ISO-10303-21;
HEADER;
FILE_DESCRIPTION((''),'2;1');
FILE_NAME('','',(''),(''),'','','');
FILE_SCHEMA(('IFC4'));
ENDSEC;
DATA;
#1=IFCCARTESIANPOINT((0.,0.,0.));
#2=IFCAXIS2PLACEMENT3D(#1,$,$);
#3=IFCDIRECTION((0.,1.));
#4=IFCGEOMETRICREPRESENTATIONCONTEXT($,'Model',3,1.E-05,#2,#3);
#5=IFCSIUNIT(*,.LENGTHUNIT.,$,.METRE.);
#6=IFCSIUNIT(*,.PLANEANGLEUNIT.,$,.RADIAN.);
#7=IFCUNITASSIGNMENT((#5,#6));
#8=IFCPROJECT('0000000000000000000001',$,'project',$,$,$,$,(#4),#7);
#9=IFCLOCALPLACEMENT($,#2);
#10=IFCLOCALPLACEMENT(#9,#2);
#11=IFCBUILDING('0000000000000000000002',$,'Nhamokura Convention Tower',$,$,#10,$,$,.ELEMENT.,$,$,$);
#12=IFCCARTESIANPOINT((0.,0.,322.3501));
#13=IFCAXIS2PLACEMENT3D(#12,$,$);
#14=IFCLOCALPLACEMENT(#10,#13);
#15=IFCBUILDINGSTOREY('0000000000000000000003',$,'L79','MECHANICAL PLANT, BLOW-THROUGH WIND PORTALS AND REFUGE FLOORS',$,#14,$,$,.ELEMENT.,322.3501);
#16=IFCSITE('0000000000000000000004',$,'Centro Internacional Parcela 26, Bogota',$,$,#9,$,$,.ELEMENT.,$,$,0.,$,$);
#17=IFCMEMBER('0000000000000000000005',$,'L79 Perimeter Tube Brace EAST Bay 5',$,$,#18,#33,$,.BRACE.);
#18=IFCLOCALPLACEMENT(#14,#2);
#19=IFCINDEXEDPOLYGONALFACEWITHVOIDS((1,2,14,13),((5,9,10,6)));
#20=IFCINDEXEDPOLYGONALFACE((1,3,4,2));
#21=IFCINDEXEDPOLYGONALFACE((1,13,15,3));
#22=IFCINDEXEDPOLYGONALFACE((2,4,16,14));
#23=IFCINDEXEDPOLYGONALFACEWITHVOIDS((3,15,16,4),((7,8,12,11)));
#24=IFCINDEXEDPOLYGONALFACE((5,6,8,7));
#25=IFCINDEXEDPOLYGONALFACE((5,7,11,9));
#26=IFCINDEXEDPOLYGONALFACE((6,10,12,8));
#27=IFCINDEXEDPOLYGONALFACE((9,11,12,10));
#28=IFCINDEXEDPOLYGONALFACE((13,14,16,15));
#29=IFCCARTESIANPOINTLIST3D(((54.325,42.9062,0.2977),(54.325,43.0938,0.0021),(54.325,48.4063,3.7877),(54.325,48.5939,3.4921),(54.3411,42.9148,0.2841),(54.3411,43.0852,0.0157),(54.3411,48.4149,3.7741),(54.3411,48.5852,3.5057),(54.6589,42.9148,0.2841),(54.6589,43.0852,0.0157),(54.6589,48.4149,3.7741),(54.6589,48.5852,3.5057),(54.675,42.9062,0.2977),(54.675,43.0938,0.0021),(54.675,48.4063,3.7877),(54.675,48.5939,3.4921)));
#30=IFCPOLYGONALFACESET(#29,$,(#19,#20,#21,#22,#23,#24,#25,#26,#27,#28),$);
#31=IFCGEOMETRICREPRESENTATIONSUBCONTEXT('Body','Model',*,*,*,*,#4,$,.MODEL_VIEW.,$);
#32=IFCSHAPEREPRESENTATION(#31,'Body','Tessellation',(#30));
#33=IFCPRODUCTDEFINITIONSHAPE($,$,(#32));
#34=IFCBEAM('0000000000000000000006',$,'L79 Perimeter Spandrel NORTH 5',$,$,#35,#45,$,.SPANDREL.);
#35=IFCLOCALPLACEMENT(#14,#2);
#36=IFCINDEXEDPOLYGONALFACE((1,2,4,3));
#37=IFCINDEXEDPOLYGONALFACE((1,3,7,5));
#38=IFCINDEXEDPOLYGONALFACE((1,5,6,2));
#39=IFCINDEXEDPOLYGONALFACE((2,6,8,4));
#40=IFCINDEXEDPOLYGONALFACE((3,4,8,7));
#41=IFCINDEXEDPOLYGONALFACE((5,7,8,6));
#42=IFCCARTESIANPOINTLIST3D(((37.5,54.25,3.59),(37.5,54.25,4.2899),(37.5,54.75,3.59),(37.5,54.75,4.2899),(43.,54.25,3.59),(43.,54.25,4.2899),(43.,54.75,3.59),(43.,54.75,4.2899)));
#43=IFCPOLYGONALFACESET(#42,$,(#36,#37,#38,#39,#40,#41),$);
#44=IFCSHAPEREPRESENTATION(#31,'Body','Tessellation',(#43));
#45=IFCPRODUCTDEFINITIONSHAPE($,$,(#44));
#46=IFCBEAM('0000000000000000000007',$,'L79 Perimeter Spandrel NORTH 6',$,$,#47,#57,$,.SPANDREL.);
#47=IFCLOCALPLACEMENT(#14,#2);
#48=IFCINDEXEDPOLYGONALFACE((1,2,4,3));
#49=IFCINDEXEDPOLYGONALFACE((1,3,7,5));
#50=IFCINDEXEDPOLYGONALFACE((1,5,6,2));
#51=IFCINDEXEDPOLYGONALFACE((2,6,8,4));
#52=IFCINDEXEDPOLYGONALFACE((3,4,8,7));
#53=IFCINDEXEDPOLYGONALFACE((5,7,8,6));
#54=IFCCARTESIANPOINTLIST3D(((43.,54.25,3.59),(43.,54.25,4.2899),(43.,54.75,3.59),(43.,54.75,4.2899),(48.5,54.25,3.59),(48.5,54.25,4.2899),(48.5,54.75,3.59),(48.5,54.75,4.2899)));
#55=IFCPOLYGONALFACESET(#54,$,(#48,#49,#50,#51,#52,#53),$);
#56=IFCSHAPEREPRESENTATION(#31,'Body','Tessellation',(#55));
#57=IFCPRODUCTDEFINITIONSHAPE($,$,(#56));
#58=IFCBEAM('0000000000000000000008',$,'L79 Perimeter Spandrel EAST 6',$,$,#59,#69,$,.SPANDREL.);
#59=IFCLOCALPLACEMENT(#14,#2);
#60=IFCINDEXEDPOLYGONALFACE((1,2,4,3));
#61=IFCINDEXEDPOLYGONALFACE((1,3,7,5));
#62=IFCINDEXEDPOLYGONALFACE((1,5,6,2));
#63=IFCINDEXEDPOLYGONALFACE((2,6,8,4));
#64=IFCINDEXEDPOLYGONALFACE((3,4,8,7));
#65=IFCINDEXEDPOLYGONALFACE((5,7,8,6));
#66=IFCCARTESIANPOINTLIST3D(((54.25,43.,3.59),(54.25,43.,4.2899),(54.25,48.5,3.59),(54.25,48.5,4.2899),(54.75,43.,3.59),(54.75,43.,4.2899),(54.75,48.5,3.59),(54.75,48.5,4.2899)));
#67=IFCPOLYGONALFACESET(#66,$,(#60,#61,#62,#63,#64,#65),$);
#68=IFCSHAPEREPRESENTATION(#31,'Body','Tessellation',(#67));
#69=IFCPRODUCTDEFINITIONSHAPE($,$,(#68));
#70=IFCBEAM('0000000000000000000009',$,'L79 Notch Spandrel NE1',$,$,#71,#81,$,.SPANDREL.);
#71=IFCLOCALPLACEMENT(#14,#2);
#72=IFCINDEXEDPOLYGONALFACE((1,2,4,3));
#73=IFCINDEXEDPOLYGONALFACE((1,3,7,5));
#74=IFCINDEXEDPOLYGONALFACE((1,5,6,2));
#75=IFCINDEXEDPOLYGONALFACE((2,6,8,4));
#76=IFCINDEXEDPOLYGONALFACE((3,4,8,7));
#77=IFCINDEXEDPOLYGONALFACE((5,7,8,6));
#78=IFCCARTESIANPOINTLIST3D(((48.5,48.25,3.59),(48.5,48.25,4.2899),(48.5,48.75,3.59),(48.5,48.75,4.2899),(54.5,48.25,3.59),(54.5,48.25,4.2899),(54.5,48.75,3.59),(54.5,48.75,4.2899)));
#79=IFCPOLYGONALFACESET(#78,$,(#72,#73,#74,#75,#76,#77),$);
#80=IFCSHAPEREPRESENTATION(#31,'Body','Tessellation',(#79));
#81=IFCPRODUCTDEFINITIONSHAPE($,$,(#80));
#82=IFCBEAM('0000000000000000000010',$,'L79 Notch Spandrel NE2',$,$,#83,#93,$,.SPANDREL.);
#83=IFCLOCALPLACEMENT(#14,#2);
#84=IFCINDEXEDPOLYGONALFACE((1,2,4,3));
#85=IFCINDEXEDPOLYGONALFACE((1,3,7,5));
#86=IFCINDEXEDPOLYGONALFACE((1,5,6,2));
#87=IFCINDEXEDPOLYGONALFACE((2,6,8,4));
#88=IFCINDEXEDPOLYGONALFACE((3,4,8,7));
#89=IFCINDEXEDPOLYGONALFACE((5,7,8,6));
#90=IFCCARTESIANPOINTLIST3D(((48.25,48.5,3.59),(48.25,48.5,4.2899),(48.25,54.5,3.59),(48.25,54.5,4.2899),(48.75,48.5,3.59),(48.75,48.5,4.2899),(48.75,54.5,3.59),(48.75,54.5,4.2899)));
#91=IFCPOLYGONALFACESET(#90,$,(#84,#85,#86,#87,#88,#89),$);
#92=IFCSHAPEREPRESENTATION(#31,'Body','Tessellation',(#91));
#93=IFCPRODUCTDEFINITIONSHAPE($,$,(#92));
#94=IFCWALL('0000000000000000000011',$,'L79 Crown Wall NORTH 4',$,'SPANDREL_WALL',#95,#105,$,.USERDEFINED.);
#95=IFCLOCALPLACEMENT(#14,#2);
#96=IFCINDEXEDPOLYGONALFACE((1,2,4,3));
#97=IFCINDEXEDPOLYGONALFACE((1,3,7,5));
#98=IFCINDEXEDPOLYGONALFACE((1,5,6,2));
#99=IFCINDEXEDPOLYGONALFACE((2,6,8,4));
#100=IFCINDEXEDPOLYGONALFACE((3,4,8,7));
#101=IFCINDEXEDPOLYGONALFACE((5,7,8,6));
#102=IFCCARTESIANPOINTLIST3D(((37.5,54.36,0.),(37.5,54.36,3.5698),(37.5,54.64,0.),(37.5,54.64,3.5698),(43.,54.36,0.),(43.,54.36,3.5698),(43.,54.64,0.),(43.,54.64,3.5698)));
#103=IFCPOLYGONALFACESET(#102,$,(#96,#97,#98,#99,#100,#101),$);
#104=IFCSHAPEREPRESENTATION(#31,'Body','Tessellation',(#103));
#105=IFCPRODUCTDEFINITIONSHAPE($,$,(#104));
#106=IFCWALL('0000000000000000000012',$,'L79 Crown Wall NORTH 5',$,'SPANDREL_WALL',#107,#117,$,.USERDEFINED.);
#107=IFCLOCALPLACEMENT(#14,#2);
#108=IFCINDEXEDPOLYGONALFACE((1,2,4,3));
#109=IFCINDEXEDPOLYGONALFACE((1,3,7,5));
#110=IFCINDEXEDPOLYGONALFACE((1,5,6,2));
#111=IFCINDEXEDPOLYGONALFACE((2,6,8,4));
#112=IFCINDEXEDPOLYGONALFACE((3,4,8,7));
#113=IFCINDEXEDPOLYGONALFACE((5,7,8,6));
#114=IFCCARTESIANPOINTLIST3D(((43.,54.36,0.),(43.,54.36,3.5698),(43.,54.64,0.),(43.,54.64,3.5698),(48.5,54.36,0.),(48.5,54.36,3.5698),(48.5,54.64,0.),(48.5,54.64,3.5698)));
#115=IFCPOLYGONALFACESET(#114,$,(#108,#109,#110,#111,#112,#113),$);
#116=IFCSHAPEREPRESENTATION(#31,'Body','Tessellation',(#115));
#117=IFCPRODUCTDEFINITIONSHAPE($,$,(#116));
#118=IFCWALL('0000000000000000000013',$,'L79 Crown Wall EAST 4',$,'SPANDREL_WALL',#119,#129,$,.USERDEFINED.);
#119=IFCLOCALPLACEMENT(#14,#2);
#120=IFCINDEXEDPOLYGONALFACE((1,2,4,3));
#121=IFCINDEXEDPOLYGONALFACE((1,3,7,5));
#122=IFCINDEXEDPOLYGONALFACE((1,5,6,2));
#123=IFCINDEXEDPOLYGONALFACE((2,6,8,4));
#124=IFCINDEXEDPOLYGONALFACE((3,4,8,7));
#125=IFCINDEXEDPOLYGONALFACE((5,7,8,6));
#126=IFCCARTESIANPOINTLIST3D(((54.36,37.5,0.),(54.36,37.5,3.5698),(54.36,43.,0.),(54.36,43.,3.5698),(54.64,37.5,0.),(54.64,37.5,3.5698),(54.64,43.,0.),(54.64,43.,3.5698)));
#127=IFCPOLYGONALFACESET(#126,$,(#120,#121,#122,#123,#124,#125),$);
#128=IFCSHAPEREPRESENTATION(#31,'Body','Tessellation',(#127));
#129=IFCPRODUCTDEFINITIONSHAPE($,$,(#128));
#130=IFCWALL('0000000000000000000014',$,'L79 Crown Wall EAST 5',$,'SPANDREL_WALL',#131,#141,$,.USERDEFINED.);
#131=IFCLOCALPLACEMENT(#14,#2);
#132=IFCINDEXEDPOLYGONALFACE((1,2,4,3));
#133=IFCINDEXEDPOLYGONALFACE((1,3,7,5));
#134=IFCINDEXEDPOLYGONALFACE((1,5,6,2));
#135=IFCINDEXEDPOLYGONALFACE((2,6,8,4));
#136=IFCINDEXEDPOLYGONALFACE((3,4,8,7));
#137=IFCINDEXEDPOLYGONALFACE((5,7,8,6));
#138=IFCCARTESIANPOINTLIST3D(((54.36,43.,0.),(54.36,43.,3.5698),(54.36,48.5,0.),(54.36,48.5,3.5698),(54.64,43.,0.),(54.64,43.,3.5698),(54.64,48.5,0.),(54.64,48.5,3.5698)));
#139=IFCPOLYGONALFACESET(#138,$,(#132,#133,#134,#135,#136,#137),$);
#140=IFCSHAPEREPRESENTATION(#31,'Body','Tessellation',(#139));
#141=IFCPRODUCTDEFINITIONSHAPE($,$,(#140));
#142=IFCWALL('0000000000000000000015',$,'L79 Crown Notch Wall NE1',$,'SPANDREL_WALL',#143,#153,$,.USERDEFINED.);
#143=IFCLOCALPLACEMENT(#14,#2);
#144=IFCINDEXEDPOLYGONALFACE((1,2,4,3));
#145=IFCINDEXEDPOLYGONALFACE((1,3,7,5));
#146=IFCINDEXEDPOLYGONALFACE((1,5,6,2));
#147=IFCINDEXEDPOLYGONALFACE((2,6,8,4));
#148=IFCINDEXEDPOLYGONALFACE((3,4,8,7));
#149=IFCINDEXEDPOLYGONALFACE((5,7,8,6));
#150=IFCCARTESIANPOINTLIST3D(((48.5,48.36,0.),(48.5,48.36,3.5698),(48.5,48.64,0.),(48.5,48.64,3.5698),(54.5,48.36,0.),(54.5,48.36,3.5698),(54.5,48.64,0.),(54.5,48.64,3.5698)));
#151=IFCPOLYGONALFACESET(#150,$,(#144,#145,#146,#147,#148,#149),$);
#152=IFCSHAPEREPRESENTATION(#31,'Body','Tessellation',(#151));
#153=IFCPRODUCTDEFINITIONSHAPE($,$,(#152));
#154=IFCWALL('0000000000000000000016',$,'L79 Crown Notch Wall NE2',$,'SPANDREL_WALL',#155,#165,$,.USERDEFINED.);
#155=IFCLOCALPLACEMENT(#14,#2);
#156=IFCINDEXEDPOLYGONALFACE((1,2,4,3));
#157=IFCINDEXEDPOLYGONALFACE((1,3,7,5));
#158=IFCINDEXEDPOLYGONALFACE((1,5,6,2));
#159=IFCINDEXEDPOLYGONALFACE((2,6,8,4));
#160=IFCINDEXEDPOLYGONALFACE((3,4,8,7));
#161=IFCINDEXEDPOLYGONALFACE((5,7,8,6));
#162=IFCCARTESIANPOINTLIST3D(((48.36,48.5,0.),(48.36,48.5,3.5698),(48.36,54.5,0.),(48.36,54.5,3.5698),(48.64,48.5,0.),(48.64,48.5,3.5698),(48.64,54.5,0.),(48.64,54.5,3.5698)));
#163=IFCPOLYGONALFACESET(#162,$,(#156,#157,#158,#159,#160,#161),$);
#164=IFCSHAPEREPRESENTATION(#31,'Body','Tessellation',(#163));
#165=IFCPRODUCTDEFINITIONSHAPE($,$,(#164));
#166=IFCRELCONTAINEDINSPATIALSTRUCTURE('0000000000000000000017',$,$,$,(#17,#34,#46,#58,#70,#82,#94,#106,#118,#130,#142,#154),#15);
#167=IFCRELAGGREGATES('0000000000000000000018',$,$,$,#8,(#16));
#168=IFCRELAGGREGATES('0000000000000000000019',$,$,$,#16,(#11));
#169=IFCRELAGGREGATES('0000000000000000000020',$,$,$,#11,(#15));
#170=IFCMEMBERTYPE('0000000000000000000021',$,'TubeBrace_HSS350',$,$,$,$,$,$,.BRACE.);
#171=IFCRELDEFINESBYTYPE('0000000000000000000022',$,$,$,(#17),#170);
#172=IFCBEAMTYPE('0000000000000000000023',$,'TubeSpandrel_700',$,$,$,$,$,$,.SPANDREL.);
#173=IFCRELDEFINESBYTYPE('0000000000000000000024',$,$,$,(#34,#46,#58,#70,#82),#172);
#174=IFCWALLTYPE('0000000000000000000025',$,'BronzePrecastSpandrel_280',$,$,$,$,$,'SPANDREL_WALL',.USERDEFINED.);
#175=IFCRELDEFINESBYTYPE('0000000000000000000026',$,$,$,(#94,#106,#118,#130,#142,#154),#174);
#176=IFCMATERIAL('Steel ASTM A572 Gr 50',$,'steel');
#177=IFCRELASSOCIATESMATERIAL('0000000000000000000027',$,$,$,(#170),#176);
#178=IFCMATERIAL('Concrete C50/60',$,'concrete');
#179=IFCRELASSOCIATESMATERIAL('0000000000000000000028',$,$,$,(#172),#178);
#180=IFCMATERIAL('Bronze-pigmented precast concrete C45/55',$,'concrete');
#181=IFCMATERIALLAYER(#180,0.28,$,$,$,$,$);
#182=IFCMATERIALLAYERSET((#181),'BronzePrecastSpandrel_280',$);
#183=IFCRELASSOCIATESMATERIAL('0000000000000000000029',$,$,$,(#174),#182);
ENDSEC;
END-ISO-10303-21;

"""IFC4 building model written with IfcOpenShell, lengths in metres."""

from ifc_helpers import new_model, si_unit, direction, frame, frame_2d, origin, origin_2d, place, context, subcontext, project, spatial, rectangle, hollow_rectangle, extrude, material, layer, layer_set, material_profile, profile_set, type_object, element, save


model = new_model("IFC4")

# Units and contexts
model_context = context("Model", 3, precision=1e-05, world=origin(), true_north=direction((0.0, 1.0)))
body_context = subcontext(model_context, "Body", "Model", "MODEL_VIEW")
ifc_project = project(units=[si_unit("LENGTHUNIT", "METRE"), si_unit("PLANEANGLEUNIT", "RADIAN")], contexts=[model_context])

# Site, building, storey
site_placement = place(None, origin())
site = spatial("IfcSite", under=ifc_project, at=site_placement, Name="Centro Internacional Parcela 26, Bogota", CompositionType="ELEMENT", RefElevation=0.0)
building_placement = place(site_placement, origin())
building = spatial("IfcBuilding", under=site, at=building_placement, Name="Nhamokura Convention Tower", CompositionType="ELEMENT")
storey_placement = place(building_placement, frame((0.0, 0.0, 322.3501)))
storey = spatial("IfcBuildingStorey", under=building, at=storey_placement, Name="L79", Description="MECHANICAL PLANT, BLOW-THROUGH WIND PORTALS AND REFUGE FLOORS", CompositionType="ELEMENT", Elevation=322.3501)

# Member
ifc_material_1 = material(Name="Steel ASTM A572 Gr 50", Category="steel")
ifc_material_profile_1 = material_profile(ifc_material_1, hollow_rectangle(XDim=0.3501, YDim=0.3501, WallThickness=0.0161, at=origin_2d()))
ifc_profile_set_1 = profile_set([ifc_material_profile_1], Name="Steel ASTM A572 Gr 50")
member_type = type_object("IfcMemberType", Name="TubeBrace_HSS350", PredefinedType="BRACE", material=ifc_profile_set_1)
for number, where, z_axis, x_axis, name in (
    (1, (54.5, 43.0, 0.1499), (0.0, 0.844357, 0.535781), (-1.0, 0.0, 0.0), "L79 Perimeter Tube Brace EAST Bay 5"),
):
    element("IfcMember", number, at=place(storey_placement, frame(where, z_axis=z_axis, x_axis=x_axis)), inside=storey, type_object=member_type, Name=name, PredefinedType="BRACE", context=body_context, shape_type="SweptSolid", body=[
        extrude(hollow_rectangle(XDim=0.3501, YDim=0.3501, WallThickness=0.0161, at=origin_2d()), origin(), (0.0, 0.0, 1.0), 6.5139),
    ])

# Beams
ifc_material_2 = material(Name="Concrete C50/60", Category="concrete")
ifc_material_profile_2 = material_profile(ifc_material_2, rectangle(XDim=0.5, YDim=0.7, at=origin_2d()))
ifc_profile_set_2 = profile_set([ifc_material_profile_2], Name="Concrete C50/60")
beam_type_1 = type_object("IfcBeamType", Name="TubeSpandrel_700", PredefinedType="SPANDREL", material=ifc_profile_set_2)
for number, where, z_axis, x_axis, name in (
    (2, (37.5, 54.5, 3.9399), (1.0, 0.0, 0.0), (0.0, 1.0, 0.0), "L79 Perimeter Spandrel NORTH 5"),
    (3, (43.0, 54.5, 3.9399), (1.0, 0.0, 0.0), (0.0, 1.0, 0.0), "L79 Perimeter Spandrel NORTH 6"),
    (4, (54.5, 43.0, 3.9399), (0.0, 1.0, 0.0), (-1.0, 0.0, 0.0), "L79 Perimeter Spandrel EAST 6"),
):
    element("IfcBeam", number, at=place(storey_placement, frame(where, z_axis=z_axis, x_axis=x_axis)), inside=storey, type_object=beam_type_1, Name=name, PredefinedType="SPANDREL", context=body_context, shape_type="SweptSolid", body=[
        extrude(rectangle(XDim=0.5, YDim=0.7, at=origin_2d()), origin(), (0.0, 0.0, 1.0), 5.5),
    ])
for number, where, z_axis, x_axis, name in (
    (5, (54.5, 48.5, 3.9399), (-1.0, 0.0, 0.0), (0.0, -1.0, 0.0), "L79 Notch Spandrel NE1"),
    (6, (48.5, 48.5, 3.9399), (0.0, 1.0, 0.0), (-1.0, 0.0, 0.0), "L79 Notch Spandrel NE2"),
):
    element("IfcBeam", number, at=place(storey_placement, frame(where, z_axis=z_axis, x_axis=x_axis)), inside=storey, type_object=beam_type_1, Name=name, PredefinedType="SPANDREL", context=body_context, shape_type="SweptSolid", body=[
        extrude(rectangle(XDim=0.5, YDim=0.7, at=origin_2d()), origin(), (0.0, 0.0, 1.0), 6.0),
    ])

# Walls
ifc_material_3 = material(Name="Bronze-pigmented precast concrete C45/55", Category="concrete")
ifc_layer = layer(ifc_material_3, 0.28)
ifc_layer_set = layer_set([ifc_layer], Name="BronzePrecastSpandrel_280")
wall_type = type_object("IfcWallType", Name="BronzePrecastSpandrel_280", ElementType="SPANDREL_WALL", PredefinedType="USERDEFINED", material=ifc_layer_set)
for number, where, z_axis, x_axis, name in (
    (7, (37.5, 54.5, 0.0), (0.0, 0.0, 1.0), (1.0, 0.0, 0.0), "L79 Crown Wall NORTH 4"),
    (8, (43.0, 54.5, 0.0), (0.0, 0.0, 1.0), (1.0, 0.0, 0.0), "L79 Crown Wall NORTH 5"),
    (9, (54.5, 43.0, 0.0), (0.0, 0.0, 1.0), (0.0, -1.0, 0.0), "L79 Crown Wall EAST 4"),
    (10, (54.5, 48.5, 0.0), (0.0, 0.0, 1.0), (0.0, -1.0, 0.0), "L79 Crown Wall EAST 5"),
):
    element("IfcWall", number, at=place(storey_placement, frame(where, z_axis=z_axis, x_axis=x_axis)), inside=storey, type_object=wall_type, Name=name, ObjectType="SPANDREL_WALL", PredefinedType="USERDEFINED", context=body_context, shape_type="SweptSolid", body=[
        extrude(rectangle(XDim=5.5, YDim=0.28, at=frame_2d((2.75, 0.0))), origin(), (0.0, 0.0, 1.0), 3.5698),
    ])
for number, where, z_axis, x_axis, name in (
    (11, (48.5, 48.5, 0.0), (0.0, 0.0, 1.0), (1.0, 0.0, 0.0), "L79 Crown Notch Wall NE1"),
    (12, (48.5, 54.5, 0.0), (0.0, 0.0, 1.0), (0.0, -1.0, 0.0), "L79 Crown Notch Wall NE2"),
):
    element("IfcWall", number, at=place(storey_placement, frame(where, z_axis=z_axis, x_axis=x_axis)), inside=storey, type_object=wall_type, Name=name, ObjectType="SPANDREL_WALL", PredefinedType="USERDEFINED", context=body_context, shape_type="SweptSolid", body=[
        extrude(rectangle(XDim=6.0, YDim=0.28, at=frame_2d((3.0, 0.0))), origin(), (0.0, 0.0, 1.0), 3.5698),
    ])

save(model, "model.ifc")
